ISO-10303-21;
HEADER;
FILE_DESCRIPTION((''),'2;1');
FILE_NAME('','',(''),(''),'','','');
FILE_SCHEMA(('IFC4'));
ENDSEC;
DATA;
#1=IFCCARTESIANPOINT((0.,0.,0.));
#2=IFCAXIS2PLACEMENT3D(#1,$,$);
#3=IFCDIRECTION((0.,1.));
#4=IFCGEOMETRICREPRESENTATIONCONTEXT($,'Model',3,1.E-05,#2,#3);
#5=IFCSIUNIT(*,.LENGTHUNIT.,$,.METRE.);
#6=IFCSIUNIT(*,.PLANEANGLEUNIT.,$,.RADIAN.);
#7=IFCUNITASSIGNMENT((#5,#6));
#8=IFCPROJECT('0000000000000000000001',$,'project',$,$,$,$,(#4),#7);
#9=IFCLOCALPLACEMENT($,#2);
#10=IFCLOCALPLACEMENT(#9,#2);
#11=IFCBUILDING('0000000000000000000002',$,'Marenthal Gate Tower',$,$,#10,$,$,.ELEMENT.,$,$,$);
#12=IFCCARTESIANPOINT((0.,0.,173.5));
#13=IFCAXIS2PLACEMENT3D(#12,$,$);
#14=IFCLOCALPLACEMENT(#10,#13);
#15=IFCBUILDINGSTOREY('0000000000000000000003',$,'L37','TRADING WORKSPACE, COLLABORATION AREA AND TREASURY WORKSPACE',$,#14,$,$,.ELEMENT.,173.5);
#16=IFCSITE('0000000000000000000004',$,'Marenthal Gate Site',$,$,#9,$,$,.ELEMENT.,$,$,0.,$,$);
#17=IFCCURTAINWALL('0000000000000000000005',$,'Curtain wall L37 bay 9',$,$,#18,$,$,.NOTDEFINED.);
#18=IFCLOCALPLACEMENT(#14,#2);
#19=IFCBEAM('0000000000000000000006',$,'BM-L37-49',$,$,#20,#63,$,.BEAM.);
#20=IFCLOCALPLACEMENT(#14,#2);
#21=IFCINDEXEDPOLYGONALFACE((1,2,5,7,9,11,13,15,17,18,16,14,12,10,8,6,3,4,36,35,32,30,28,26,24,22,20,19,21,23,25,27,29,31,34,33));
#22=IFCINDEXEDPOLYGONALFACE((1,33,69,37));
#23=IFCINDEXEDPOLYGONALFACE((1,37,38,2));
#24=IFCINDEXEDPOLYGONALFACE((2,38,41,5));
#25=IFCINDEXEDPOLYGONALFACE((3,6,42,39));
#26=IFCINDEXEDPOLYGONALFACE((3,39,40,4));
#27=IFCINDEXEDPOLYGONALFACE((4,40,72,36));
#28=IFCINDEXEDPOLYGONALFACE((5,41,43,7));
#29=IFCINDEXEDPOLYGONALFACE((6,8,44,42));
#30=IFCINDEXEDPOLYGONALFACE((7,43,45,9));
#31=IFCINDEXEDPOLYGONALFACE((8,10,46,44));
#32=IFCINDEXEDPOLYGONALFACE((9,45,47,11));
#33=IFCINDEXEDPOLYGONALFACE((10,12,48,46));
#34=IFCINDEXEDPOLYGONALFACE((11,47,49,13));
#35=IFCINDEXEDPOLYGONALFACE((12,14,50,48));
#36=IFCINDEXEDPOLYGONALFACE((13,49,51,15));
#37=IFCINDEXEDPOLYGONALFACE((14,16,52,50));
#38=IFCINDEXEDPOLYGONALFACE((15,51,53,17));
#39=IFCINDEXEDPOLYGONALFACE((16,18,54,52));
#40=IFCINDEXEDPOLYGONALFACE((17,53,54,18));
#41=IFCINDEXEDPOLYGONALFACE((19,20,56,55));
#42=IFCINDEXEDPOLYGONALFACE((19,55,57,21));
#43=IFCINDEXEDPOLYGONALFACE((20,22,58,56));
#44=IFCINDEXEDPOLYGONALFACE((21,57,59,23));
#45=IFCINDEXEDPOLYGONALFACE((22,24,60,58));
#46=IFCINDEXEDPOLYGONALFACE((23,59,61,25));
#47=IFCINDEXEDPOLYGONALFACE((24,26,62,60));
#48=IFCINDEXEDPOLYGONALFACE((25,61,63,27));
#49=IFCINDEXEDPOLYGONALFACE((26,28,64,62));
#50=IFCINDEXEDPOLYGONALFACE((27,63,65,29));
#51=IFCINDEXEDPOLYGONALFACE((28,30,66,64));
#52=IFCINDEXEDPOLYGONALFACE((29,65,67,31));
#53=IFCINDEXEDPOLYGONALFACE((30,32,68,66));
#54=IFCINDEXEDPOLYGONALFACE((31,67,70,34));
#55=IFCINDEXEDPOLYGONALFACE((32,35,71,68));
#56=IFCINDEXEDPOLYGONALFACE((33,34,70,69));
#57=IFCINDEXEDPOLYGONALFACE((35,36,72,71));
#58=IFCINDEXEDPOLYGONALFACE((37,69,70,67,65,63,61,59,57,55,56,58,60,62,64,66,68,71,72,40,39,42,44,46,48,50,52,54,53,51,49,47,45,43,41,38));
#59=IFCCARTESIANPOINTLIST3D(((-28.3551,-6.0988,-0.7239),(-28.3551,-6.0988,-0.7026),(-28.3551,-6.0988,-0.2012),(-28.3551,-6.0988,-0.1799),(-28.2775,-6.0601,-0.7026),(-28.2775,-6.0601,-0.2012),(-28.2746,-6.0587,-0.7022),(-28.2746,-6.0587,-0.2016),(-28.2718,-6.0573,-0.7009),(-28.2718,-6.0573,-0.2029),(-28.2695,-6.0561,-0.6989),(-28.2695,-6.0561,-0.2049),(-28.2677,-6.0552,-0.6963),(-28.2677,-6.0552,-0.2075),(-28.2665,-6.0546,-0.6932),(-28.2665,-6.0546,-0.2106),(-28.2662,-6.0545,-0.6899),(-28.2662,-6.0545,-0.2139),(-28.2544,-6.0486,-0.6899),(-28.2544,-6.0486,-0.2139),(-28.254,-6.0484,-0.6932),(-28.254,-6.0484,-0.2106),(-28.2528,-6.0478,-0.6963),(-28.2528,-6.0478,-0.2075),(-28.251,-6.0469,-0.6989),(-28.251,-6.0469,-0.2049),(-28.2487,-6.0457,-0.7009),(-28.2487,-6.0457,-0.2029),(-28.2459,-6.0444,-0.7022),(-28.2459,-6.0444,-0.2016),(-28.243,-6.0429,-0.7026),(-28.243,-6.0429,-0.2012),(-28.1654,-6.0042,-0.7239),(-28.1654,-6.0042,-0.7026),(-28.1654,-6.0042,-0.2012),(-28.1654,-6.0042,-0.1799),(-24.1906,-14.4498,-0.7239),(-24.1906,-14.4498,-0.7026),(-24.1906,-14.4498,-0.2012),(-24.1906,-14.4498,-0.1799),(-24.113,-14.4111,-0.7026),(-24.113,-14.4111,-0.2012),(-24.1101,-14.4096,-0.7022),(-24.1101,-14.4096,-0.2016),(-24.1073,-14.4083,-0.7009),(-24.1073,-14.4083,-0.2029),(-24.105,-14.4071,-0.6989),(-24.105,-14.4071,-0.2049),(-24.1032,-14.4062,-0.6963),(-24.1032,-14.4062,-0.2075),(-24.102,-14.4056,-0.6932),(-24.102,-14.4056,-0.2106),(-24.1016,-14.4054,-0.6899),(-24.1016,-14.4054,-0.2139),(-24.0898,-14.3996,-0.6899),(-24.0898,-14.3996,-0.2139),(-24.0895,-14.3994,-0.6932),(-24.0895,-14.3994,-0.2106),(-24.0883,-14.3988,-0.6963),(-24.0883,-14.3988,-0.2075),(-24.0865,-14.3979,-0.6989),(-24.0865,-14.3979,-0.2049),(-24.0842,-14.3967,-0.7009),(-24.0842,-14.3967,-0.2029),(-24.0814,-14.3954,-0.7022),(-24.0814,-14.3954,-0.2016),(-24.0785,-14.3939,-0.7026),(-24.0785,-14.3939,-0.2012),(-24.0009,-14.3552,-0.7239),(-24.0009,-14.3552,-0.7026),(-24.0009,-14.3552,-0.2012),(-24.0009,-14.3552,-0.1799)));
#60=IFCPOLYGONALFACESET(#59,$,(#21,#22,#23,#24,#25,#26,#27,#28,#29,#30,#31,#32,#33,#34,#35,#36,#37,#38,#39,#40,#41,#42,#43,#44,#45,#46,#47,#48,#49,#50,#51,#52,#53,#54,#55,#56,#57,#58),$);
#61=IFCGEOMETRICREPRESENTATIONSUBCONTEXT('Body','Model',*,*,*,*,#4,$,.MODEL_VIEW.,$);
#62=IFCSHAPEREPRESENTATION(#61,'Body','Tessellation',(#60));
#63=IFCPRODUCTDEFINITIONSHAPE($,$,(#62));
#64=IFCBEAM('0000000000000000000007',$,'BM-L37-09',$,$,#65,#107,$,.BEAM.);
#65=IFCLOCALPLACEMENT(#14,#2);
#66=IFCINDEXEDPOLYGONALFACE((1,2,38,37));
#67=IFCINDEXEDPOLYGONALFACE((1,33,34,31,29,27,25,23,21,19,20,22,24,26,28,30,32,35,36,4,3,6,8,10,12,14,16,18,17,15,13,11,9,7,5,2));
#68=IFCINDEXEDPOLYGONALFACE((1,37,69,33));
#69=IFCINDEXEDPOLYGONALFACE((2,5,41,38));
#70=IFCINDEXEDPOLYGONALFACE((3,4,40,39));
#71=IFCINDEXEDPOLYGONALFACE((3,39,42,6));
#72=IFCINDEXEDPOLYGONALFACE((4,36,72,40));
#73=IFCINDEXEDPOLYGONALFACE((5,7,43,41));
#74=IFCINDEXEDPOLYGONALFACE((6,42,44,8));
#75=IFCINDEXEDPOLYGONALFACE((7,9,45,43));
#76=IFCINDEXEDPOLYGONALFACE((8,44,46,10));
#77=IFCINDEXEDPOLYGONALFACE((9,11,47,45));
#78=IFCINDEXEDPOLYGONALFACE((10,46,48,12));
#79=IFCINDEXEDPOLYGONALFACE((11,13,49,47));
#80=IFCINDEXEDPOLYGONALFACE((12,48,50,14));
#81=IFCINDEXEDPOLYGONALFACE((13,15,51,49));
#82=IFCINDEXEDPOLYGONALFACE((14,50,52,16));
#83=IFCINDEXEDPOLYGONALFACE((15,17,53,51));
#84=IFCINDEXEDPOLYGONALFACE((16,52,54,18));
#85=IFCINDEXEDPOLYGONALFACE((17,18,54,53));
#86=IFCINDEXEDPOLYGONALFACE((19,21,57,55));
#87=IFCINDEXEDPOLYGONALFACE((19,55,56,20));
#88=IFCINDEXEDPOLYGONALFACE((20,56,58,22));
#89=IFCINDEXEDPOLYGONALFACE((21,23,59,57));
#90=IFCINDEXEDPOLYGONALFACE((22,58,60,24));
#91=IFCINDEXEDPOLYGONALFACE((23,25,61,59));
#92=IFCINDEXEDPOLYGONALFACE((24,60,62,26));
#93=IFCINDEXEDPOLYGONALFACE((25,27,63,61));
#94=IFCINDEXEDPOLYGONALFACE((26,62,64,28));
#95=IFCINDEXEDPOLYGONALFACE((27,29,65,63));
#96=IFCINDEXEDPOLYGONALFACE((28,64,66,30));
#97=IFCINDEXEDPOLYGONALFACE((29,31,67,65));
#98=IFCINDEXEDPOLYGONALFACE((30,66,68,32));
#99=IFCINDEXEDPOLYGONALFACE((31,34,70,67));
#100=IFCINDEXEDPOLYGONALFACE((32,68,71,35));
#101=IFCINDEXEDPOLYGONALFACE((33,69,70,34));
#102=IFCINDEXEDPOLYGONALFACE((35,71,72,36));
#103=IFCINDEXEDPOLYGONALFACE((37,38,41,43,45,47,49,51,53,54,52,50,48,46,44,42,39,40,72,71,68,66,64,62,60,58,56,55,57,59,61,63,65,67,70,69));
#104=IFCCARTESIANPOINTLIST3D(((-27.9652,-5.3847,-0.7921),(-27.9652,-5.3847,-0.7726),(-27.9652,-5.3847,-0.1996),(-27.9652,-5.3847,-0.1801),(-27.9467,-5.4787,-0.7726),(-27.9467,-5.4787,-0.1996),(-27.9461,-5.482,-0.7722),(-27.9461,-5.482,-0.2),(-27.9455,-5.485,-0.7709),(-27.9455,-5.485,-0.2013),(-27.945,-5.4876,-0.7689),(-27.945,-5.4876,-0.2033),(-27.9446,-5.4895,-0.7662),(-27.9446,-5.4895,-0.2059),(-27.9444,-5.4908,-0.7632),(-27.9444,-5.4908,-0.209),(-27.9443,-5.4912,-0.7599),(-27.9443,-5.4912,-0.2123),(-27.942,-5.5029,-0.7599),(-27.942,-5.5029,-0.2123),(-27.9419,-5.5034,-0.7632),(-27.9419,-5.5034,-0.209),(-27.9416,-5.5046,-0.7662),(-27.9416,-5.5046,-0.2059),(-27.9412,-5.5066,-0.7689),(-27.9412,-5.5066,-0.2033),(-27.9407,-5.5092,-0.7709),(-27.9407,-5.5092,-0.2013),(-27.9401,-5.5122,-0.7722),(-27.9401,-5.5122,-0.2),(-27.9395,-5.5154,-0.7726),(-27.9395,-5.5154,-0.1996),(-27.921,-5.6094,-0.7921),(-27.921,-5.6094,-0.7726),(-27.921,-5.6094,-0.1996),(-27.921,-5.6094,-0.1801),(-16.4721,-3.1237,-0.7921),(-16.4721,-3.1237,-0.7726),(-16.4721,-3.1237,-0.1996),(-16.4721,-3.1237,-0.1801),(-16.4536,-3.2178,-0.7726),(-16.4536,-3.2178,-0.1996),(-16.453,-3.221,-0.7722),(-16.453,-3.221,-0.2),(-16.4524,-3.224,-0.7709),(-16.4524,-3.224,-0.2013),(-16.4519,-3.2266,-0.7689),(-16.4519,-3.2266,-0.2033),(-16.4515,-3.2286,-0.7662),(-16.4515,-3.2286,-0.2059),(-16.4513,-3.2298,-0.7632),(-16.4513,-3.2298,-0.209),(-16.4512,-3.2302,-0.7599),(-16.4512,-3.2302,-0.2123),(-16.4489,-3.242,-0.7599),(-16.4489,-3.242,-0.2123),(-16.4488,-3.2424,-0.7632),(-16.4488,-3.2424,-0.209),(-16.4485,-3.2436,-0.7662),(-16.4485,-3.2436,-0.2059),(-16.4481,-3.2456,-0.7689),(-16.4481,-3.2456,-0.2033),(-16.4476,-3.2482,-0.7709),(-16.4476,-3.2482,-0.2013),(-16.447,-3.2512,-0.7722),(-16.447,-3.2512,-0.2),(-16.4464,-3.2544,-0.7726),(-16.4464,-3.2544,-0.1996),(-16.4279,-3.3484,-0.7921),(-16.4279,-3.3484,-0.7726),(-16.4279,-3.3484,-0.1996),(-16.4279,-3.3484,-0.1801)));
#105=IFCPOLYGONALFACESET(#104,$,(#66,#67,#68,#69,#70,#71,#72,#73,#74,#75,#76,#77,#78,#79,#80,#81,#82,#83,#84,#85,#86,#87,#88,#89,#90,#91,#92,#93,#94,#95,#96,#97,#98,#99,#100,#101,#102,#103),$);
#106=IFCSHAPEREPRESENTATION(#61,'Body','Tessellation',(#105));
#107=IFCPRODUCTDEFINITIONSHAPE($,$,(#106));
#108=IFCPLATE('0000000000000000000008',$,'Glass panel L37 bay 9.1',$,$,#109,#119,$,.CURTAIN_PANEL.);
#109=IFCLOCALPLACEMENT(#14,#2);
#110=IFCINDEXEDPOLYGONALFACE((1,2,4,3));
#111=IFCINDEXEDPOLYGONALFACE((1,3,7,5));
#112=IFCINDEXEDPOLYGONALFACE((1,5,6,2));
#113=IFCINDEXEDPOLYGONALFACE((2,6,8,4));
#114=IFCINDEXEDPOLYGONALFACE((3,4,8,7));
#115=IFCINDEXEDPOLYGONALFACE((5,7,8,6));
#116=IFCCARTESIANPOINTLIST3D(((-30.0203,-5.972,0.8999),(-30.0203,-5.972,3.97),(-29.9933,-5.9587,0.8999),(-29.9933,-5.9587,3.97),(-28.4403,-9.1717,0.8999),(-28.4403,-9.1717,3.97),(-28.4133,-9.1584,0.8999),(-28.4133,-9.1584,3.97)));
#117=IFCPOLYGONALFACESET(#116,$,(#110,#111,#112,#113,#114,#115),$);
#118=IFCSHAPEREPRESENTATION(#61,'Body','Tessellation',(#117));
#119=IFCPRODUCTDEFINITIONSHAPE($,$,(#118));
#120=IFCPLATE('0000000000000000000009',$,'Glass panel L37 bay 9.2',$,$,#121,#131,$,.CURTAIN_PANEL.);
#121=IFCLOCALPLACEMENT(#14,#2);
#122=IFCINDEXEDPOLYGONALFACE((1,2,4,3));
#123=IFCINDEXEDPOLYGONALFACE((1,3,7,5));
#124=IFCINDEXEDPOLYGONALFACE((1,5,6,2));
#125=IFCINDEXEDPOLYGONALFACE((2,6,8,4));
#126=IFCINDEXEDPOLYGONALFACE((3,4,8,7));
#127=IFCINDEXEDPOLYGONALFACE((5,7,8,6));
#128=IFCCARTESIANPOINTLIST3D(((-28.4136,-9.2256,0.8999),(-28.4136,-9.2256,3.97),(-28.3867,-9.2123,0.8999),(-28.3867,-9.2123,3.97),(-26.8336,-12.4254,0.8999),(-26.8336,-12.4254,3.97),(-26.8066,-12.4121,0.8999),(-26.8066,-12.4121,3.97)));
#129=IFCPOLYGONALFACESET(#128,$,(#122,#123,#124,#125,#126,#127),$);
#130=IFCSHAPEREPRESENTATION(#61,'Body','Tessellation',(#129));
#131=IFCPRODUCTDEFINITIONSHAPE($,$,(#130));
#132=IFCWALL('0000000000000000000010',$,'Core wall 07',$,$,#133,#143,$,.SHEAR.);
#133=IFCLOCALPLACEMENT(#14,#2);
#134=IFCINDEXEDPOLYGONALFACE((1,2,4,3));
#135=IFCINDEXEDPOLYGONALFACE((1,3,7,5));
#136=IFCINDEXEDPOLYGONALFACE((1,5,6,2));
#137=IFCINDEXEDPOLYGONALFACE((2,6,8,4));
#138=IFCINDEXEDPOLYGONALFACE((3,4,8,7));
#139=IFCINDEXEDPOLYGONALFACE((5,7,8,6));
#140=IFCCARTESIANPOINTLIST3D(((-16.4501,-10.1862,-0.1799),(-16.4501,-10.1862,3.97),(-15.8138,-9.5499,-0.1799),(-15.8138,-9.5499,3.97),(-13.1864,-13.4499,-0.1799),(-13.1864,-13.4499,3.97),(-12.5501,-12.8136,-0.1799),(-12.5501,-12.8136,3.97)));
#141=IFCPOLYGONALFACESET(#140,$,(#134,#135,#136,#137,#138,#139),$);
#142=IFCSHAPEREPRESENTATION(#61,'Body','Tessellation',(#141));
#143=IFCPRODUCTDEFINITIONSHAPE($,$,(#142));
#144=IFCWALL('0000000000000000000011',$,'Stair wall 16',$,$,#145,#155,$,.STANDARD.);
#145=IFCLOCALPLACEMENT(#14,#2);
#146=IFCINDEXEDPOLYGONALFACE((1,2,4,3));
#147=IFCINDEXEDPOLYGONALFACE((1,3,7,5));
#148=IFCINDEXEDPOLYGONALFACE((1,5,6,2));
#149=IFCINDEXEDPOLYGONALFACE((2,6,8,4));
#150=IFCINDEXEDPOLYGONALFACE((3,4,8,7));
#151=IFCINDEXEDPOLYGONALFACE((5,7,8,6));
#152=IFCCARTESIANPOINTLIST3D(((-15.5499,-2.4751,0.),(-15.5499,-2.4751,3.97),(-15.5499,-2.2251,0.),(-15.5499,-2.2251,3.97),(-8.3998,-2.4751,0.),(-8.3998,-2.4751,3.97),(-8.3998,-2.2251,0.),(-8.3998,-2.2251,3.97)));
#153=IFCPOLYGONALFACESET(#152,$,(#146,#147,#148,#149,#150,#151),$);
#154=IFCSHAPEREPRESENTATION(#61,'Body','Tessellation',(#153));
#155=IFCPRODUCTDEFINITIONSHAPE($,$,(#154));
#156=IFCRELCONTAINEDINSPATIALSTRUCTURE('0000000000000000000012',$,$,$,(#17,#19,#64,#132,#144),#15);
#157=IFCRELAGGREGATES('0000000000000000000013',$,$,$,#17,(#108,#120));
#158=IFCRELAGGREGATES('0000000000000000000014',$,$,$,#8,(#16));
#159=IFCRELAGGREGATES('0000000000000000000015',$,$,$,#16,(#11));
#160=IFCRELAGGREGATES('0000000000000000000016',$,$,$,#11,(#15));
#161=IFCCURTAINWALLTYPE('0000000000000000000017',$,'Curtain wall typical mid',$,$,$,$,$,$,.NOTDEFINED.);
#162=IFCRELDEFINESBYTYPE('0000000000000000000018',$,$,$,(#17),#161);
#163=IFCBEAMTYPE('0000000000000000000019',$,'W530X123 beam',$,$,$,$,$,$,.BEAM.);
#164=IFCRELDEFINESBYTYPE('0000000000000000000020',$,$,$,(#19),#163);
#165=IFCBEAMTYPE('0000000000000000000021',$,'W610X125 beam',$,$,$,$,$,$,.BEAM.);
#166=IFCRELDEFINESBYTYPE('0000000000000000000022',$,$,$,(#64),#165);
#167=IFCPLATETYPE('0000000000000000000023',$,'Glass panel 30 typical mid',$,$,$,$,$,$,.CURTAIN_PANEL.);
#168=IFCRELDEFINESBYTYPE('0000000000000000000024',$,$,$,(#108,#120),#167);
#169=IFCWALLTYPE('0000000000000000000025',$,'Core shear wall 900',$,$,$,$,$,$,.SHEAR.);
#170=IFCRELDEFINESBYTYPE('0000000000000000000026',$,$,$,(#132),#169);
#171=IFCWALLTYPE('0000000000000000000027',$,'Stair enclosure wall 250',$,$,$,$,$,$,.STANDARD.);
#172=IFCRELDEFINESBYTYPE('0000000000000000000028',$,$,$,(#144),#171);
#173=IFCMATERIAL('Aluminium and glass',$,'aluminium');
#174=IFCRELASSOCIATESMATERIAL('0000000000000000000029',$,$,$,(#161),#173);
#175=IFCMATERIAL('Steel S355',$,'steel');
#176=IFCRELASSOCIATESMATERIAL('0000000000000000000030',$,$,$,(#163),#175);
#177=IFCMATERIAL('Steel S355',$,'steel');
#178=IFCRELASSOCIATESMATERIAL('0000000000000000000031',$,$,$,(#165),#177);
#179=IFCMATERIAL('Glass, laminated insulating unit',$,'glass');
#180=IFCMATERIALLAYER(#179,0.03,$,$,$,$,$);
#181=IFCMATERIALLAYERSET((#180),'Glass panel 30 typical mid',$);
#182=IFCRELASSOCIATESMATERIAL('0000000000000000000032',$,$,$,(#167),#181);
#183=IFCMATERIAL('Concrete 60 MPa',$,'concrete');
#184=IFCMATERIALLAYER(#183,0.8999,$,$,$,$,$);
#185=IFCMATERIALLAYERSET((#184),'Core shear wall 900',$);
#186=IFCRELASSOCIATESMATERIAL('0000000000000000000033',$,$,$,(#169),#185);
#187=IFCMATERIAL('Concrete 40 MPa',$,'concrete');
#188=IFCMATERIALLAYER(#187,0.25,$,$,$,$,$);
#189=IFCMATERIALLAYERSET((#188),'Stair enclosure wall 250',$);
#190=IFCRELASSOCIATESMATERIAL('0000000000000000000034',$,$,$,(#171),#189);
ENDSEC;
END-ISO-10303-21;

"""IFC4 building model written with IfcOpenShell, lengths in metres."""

from ifc_helpers import new_model, si_unit, direction, frame, frame_2d, origin, origin_2d, place, context, subcontext, project, spatial, rectangle, i_section, extrude, material, layer, layer_set, material_profile, profile_set, type_object, element, aggregate, save


model = new_model("IFC4")

# Units and contexts
model_context = context("Model", 3, precision=1e-05, world=origin(), true_north=direction((0.0, 1.0)))
body_context = subcontext(model_context, "Body", "Model", "MODEL_VIEW")
ifc_project = project(units=[si_unit("LENGTHUNIT", "METRE"), si_unit("PLANEANGLEUNIT", "RADIAN")], contexts=[model_context])

# Site, building, storey
site_placement = place(None, origin())
site = spatial("IfcSite", under=ifc_project, at=site_placement, Name="Marenthal Gate Site", CompositionType="ELEMENT", RefElevation=0.0)
building_placement = place(site_placement, origin())
building = spatial("IfcBuilding", under=site, at=building_placement, Name="Marenthal Gate Tower", CompositionType="ELEMENT")
storey_placement = place(building_placement, frame((0.0, 0.0, 173.5)))
storey = spatial("IfcBuildingStorey", under=building, at=storey_placement, Name="L37", Description="TRADING WORKSPACE, COLLABORATION AREA AND TREASURY WORKSPACE", CompositionType="ELEMENT", Elevation=173.5)

# Curtain wall
ifc_material_1 = material(Name="Aluminium and glass", Category="aluminium")
curtain_wall_type = type_object("IfcCurtainWallType", Name="Curtain wall typical mid", PredefinedType="NOTDEFINED", material=ifc_material_1)
curtain_wall_placement = place(storey_placement, origin())
curtain_wall = element("IfcCurtainWall", 1, at=curtain_wall_placement, inside=storey, type_object=curtain_wall_type, Name="Curtain wall L37 bay 9", PredefinedType="NOTDEFINED")

# Beams
ifc_material_2 = material(Name="Steel S355", Category="steel")
ifc_material_profile_1 = material_profile(ifc_material_2, i_section(OverallWidth=0.2119, OverallDepth=0.5439, WebThickness=0.0132, FlangeThickness=0.0212, FilletRadius=0.0127, at=origin_2d()), Name="W530X123")
ifc_profile_set_1 = profile_set([ifc_material_profile_1], Name="Steel S355")
beam_type_1 = type_object("IfcBeamType", Name="W530X123 beam", PredefinedType="BEAM", material=ifc_profile_set_1)
beam_1_placement = place(storey_placement, frame((-28.2603, -6.0515, -0.4519), z_axis=(0.446272, -0.894898, 0.0), x_axis=(0.894898, 0.446272, 0.0)))
element("IfcBeam", 2, at=beam_1_placement, inside=storey, type_object=beam_type_1, Name="BM-L37-49", PredefinedType="BEAM", context=body_context, shape_type="SweptSolid", body=[
    extrude(i_section(OverallWidth=0.2119, OverallDepth=0.5439, WebThickness=0.0132, FlangeThickness=0.0212, FilletRadius=0.0127, at=origin_2d()), origin(), (0.0, 0.0, 1.0), 9.3318),
])
ifc_material_3 = material(Name="Steel S355", Category="steel")
ifc_material_profile_2 = material_profile(ifc_material_3, i_section(OverallWidth=0.229, OverallDepth=0.6121, WebThickness=0.012, FlangeThickness=0.0195, FilletRadius=0.0127, at=origin_2d()), Name="W610X125")
ifc_profile_set_2 = profile_set([ifc_material_profile_2], Name="Steel S355")
beam_type_2 = type_object("IfcBeamType", Name="W610X125 beam", PredefinedType="BEAM", material=ifc_profile_set_2)
beam_2_placement = place(storey_placement, frame((-27.9431, -5.4971, -0.4861), z_axis=(0.981194, 0.193025, 0.0), x_axis=(-0.193025, 0.981194, 0.0)))
element("IfcBeam", 3, at=beam_2_placement, inside=storey, type_object=beam_type_2, Name="BM-L37-09", PredefinedType="BEAM", context=body_context, shape_type="SweptSolid", body=[
    extrude(i_section(OverallWidth=0.229, OverallDepth=0.6121, WebThickness=0.012, FlangeThickness=0.0195, FilletRadius=0.0127, at=origin_2d()), origin(), (0.0, 0.0, 1.0), 11.7134),
])

# Plates
ifc_material_4 = material(Name="Glass, laminated insulating unit", Category="glass")
ifc_layer_1 = layer(ifc_material_4, 0.03)
ifc_layer_set_1 = layer_set([ifc_layer_1], Name="Glass panel 30 typical mid")
plate_type = type_object("IfcPlateType", Name="Glass panel 30 typical mid", PredefinedType="CURTAIN_PANEL", material=ifc_layer_set_1)
plate_1_placement = place(storey_placement, frame((-29.2168, -7.5652, 0.8999), z_axis=(0.0, 0.0, 1.0), x_axis=(0.442753, -0.896643, 0.0)))
plate_1 = element("IfcPlate", 4, at=plate_1_placement, type_object=plate_type, Name="Glass panel L37 bay 9.1", PredefinedType="CURTAIN_PANEL", context=body_context, shape_type="SweptSolid", body=[
    extrude(rectangle(XDim=3.5686, YDim=0.03, at=origin_2d()), origin(), (0.0, 0.0, 1.0), 3.0701),
])
plate_2_placement = place(storey_placement, frame((-27.6101, -10.8188, 0.8999), z_axis=(0.0, 0.0, 1.0), x_axis=(0.442753, -0.896643, 0.0)))
plate_2 = element("IfcPlate", 5, at=plate_2_placement, type_object=plate_type, Name="Glass panel L37 bay 9.2", PredefinedType="CURTAIN_PANEL", context=body_context, shape_type="SweptSolid", body=[
    extrude(rectangle(XDim=3.5686, YDim=0.03, at=origin_2d()), origin(), (0.0, 0.0, 1.0), 3.0701),
])
aggregate(curtain_wall, [plate_1, plate_2])

# Walls
ifc_material_5 = material(Name="Concrete 60 MPa", Category="concrete")
ifc_layer_2 = layer(ifc_material_5, 0.8999)
ifc_layer_set_2 = layer_set([ifc_layer_2], Name="Core shear wall 900")
wall_type_1 = type_object("IfcWallType", Name="Core shear wall 900", PredefinedType="SHEAR", material=ifc_layer_set_2)
wall_1_placement = place(storey_placement, frame((-16.1318, -9.8682, -0.1799), z_axis=(0.0, 0.0, 1.0), x_axis=(0.707107, -0.707107, 0.0)))
element("IfcWall", 6, at=wall_1_placement, inside=storey, type_object=wall_type_1, Name="Core wall 07", PredefinedType="SHEAR", context=body_context, shape_type="SweptSolid", body=[
    extrude(rectangle(XDim=4.6155, YDim=0.8999, at=frame_2d((2.3076, 0.0))), origin(), (0.0, 0.0, 1.0), 4.1499),
])
ifc_material_6 = material(Name="Concrete 40 MPa", Category="concrete")
ifc_layer_3 = layer(ifc_material_6, 0.25)
ifc_layer_set_3 = layer_set([ifc_layer_3], Name="Stair enclosure wall 250")
wall_type_2 = type_object("IfcWallType", Name="Stair enclosure wall 250", PredefinedType="STANDARD", material=ifc_layer_set_3)
wall_2_placement = place(storey_placement, frame((-15.55, -2.3501, 0.0), z_axis=(0.0, 0.0, 1.0), x_axis=(1.0, 0.0, 0.0)))
element("IfcWall", 7, at=wall_2_placement, inside=storey, type_object=wall_type_2, Name="Stair wall 16", PredefinedType="STANDARD", context=body_context, shape_type="SweptSolid", body=[
    extrude(rectangle(XDim=7.1501, YDim=0.25, at=frame_2d((3.5752, 0.0))), origin(), (0.0, 0.0, 1.0), 3.97),
])

save(model, "model.ifc")
